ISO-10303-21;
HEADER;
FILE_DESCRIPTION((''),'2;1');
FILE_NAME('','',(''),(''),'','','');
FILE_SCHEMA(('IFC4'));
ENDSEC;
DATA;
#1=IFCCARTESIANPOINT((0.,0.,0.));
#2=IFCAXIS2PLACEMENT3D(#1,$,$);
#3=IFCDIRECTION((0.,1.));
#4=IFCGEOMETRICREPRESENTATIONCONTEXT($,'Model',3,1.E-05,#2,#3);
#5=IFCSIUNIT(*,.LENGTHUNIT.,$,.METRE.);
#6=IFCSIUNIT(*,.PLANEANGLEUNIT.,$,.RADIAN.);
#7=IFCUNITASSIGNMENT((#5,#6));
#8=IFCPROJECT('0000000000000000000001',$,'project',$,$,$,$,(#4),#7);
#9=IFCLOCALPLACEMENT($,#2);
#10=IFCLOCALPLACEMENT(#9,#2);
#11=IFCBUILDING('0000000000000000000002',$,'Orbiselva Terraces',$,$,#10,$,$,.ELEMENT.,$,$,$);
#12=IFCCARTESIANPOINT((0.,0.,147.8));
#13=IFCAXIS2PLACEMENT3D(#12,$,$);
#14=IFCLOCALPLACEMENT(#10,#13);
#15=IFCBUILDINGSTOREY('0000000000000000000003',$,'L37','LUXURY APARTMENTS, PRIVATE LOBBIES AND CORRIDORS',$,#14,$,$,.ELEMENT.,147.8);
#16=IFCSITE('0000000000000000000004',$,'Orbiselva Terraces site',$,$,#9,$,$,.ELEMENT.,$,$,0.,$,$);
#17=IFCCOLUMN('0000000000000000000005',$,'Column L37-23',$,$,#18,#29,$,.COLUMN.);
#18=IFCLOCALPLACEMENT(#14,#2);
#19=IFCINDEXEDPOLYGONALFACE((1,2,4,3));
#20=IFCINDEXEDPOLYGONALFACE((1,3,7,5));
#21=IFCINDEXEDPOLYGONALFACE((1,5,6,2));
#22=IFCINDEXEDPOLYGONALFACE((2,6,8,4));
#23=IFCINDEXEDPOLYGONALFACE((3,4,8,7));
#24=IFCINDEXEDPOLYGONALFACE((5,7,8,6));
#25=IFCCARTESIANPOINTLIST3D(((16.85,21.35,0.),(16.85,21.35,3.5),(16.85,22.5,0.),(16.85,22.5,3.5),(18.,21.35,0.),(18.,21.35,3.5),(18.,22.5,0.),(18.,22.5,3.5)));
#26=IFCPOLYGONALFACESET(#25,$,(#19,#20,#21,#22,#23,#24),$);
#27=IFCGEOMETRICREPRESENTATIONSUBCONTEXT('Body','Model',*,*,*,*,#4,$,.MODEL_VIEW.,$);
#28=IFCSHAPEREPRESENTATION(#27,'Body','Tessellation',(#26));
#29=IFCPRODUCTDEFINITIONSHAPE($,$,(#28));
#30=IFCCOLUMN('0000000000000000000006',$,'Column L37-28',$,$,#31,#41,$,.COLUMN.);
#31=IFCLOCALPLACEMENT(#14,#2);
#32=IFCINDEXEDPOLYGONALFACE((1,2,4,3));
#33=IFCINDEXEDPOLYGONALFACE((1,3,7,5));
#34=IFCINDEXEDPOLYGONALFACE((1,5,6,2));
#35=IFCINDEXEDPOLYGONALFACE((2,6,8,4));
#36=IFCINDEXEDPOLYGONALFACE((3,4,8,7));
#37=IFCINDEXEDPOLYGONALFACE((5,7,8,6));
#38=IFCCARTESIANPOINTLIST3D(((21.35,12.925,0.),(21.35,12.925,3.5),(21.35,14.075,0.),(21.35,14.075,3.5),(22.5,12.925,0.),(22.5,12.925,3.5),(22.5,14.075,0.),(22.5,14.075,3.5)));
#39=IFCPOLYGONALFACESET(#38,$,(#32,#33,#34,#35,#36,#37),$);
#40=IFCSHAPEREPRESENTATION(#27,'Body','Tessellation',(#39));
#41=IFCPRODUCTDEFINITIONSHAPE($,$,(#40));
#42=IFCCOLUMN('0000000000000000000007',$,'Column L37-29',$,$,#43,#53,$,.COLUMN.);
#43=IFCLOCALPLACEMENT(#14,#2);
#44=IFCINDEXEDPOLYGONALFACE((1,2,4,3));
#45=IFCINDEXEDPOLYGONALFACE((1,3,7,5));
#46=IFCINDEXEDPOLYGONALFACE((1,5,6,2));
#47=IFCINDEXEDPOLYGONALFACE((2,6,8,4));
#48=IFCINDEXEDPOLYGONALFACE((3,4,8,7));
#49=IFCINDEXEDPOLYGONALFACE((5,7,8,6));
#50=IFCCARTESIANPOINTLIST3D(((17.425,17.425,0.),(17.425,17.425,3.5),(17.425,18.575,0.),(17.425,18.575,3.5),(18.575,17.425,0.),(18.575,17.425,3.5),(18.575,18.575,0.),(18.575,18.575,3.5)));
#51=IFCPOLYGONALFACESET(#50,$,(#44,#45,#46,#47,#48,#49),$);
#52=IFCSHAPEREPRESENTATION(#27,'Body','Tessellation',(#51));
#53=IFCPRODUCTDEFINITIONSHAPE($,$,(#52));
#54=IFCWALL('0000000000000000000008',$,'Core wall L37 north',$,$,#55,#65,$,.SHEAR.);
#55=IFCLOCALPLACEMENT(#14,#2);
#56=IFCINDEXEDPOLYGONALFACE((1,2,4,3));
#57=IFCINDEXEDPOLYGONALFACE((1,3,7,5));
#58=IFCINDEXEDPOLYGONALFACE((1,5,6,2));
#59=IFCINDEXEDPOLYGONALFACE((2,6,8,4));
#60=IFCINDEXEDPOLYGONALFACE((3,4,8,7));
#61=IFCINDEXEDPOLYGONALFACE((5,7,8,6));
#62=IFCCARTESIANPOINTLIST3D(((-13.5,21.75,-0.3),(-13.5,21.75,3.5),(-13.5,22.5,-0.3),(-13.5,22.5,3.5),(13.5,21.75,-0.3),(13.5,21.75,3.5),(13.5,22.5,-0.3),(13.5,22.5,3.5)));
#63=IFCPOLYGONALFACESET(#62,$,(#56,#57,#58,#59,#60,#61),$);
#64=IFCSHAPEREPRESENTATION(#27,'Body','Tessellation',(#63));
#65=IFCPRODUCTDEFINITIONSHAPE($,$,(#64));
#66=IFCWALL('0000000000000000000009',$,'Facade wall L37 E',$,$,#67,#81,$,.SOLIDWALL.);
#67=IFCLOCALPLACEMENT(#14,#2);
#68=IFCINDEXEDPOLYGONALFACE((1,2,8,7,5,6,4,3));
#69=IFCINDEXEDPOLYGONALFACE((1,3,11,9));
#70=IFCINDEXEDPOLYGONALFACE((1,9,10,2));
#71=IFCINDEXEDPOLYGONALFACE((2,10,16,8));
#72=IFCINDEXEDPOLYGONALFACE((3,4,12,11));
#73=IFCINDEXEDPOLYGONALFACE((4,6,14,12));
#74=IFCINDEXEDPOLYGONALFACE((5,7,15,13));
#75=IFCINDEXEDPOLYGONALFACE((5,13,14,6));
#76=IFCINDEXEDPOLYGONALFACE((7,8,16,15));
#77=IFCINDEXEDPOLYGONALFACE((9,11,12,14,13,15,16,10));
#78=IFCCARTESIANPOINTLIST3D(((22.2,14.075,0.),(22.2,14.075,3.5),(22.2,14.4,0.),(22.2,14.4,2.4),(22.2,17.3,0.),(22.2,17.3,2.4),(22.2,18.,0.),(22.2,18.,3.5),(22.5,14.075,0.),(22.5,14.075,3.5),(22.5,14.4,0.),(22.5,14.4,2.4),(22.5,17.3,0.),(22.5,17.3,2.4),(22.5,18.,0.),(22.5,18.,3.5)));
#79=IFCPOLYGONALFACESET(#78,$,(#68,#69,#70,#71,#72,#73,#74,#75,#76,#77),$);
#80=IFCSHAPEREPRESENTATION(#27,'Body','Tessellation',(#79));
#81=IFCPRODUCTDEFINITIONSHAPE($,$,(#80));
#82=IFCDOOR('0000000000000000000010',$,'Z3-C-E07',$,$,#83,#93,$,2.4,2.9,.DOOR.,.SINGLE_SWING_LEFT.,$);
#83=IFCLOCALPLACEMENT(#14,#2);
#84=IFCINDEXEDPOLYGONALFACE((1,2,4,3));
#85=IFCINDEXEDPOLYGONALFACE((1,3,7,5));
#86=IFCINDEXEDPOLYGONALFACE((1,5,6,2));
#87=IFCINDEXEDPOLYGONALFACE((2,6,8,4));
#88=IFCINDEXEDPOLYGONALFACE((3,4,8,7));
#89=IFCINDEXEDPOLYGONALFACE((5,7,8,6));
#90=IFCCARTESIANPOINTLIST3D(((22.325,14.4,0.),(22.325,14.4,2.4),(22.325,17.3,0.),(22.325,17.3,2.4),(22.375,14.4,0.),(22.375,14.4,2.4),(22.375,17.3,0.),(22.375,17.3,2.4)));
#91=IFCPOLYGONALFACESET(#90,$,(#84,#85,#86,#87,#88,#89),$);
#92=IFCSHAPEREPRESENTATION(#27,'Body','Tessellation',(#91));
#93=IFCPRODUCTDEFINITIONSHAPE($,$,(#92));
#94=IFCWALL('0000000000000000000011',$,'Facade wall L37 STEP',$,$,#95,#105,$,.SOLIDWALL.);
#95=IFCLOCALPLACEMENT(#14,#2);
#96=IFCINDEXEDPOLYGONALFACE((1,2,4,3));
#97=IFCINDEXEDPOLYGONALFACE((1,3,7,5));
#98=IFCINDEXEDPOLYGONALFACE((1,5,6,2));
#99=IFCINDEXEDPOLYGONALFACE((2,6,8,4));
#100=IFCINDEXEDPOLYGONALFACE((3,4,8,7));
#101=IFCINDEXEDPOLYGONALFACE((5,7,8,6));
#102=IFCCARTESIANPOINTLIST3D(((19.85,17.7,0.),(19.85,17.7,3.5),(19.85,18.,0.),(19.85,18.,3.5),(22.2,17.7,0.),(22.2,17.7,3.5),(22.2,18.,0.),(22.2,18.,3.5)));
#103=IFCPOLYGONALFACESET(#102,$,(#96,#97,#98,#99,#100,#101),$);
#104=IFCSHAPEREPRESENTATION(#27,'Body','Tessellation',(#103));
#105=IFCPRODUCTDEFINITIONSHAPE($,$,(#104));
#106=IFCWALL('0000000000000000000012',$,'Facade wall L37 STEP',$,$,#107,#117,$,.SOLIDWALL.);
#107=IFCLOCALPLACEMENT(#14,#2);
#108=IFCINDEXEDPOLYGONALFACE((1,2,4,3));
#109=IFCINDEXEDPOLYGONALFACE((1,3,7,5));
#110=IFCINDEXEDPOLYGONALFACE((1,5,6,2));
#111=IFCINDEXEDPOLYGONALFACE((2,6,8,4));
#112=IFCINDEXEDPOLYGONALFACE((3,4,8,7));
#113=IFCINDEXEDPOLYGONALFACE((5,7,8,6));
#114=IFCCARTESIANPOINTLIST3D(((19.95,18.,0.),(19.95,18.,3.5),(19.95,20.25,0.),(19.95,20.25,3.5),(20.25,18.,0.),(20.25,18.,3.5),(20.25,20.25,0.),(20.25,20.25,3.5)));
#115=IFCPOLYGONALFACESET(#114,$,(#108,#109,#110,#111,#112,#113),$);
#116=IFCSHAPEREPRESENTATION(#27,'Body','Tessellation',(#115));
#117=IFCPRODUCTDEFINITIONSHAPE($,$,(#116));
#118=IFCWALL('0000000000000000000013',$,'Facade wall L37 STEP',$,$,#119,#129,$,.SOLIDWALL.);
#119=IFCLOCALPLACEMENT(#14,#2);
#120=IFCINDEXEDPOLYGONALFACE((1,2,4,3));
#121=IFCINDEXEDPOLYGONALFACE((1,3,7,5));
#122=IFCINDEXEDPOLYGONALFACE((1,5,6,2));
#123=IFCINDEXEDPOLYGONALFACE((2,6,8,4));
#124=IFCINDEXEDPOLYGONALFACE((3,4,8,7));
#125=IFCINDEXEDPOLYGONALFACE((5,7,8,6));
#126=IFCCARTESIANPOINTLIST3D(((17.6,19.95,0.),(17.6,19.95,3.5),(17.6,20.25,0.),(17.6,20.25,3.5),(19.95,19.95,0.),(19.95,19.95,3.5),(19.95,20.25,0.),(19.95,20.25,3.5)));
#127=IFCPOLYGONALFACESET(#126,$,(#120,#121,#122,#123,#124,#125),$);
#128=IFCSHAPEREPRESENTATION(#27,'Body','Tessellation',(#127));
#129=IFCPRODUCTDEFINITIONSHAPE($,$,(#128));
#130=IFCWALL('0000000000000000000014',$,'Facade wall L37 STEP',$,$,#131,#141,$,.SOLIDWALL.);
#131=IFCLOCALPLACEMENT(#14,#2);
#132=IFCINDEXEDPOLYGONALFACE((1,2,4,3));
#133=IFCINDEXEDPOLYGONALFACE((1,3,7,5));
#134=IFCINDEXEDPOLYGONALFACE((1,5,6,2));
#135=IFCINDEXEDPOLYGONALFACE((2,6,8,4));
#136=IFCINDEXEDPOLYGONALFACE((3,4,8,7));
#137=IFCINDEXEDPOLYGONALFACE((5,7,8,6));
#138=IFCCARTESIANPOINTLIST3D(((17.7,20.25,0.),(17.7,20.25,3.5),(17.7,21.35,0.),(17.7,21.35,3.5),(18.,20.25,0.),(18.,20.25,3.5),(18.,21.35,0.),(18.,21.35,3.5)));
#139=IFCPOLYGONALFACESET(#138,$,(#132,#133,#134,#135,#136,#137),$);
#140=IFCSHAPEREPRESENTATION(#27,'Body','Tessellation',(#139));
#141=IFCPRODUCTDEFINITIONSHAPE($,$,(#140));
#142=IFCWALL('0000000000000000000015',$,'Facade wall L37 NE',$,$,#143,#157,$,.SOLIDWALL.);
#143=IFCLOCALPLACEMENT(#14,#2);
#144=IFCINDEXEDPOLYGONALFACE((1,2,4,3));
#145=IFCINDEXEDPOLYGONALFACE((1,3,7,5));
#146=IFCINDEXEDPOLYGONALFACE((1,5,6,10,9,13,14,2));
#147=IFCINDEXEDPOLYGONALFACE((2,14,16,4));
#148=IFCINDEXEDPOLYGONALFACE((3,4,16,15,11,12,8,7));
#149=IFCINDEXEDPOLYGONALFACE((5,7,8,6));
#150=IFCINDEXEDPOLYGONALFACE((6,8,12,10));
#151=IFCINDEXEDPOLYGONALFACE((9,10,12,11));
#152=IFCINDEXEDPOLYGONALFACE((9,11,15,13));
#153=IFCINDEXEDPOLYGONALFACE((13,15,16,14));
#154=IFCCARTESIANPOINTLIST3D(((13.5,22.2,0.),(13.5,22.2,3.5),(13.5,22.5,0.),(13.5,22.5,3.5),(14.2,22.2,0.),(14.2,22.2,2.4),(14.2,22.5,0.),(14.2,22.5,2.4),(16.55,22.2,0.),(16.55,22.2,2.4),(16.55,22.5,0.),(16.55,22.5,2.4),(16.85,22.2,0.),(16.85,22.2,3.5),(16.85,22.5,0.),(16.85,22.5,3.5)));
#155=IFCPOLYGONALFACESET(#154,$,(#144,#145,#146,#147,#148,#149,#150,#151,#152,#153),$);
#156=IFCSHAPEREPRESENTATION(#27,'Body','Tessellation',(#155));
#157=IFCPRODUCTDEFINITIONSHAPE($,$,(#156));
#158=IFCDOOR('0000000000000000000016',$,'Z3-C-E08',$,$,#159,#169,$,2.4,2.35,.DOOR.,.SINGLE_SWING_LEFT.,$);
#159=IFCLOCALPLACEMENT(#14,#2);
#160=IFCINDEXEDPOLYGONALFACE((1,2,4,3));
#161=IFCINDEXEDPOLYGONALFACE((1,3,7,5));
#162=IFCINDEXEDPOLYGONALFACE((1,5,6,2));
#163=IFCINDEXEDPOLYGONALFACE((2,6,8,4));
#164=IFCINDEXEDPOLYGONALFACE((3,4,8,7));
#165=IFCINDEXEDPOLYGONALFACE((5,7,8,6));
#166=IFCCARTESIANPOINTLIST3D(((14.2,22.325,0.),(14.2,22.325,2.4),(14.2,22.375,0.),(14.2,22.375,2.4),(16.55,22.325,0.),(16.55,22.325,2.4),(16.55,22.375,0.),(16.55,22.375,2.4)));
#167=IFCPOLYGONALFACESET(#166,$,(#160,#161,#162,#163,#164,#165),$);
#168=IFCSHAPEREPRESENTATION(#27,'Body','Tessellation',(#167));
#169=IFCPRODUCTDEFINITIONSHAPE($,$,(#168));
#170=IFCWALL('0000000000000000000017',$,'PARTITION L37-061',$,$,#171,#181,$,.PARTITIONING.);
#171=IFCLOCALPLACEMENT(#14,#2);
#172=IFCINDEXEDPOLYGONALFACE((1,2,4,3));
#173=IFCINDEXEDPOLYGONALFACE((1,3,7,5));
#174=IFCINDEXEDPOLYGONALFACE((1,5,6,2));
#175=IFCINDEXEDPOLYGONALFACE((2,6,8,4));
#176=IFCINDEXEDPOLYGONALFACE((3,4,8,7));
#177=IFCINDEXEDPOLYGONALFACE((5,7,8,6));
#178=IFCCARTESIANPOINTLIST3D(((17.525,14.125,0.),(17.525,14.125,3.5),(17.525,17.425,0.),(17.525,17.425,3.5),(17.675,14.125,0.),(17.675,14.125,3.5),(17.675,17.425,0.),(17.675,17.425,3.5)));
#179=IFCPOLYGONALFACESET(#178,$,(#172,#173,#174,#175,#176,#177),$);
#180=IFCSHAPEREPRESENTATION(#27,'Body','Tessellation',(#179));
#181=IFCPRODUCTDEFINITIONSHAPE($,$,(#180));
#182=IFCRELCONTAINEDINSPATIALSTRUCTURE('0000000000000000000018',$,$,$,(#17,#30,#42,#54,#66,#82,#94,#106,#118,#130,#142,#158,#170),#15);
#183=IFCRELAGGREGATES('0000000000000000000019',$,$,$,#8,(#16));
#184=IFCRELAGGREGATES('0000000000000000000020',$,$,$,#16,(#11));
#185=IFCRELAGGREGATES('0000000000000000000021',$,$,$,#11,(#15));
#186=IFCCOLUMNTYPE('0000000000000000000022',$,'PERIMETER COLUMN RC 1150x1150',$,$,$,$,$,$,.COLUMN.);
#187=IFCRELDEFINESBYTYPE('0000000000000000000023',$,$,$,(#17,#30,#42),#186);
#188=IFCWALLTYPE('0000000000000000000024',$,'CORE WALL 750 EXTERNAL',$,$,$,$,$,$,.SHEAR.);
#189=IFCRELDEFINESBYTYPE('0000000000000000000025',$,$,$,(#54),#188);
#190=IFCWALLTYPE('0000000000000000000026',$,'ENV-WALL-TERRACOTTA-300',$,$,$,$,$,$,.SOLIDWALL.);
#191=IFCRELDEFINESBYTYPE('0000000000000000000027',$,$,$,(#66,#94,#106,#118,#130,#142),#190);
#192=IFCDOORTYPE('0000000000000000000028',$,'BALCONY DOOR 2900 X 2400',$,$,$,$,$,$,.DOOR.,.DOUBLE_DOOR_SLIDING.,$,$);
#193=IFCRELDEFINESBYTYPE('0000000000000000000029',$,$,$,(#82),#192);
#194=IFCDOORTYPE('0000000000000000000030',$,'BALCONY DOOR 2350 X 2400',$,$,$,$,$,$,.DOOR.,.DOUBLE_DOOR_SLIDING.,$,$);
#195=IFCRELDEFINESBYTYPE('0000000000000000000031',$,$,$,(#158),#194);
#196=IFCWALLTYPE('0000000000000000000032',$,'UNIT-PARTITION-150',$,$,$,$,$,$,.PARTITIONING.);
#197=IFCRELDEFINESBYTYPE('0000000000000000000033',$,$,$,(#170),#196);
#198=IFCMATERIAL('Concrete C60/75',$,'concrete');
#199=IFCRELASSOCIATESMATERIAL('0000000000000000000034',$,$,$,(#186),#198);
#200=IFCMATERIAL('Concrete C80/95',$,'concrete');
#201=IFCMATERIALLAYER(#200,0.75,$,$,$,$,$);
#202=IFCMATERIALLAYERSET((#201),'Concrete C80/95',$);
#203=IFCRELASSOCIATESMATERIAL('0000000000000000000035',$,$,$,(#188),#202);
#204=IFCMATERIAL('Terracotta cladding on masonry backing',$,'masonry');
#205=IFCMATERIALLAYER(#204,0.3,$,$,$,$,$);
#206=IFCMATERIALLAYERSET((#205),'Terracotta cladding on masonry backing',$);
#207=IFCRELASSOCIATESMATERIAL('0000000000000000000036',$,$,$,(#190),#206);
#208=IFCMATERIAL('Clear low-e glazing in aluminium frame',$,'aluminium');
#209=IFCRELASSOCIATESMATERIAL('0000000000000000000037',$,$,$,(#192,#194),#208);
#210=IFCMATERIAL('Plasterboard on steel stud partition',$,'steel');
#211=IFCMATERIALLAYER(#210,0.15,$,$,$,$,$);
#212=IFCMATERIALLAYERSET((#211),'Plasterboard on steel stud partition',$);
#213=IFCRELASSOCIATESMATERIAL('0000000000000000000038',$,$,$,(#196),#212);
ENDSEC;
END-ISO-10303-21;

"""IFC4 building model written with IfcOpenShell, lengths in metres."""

from ifc_helpers import new_model, si_unit, direction, frame, frame_2d, origin, origin_2d, place, context, subcontext, project, spatial, rectangle, extrude, material, layer, layer_set, material_profile, profile_set, type_object, element, fill, save


model = new_model("IFC4")

# Units and contexts
model_context = context("Model", 3, precision=1e-05, world=origin(), true_north=direction((0.0, 1.0)))
body_context = subcontext(model_context, "Body", "Model", "MODEL_VIEW")
ifc_project = project(units=[si_unit("LENGTHUNIT", "METRE"), si_unit("PLANEANGLEUNIT", "RADIAN")], contexts=[model_context])

# Site, building, storey
site_placement = place(None, origin())
site = spatial("IfcSite", under=ifc_project, at=site_placement, Name="Orbiselva Terraces site", CompositionType="ELEMENT", RefElevation=0.0)
building_placement = place(site_placement, origin())
building = spatial("IfcBuilding", under=site, at=building_placement, Name="Orbiselva Terraces", CompositionType="ELEMENT")
storey_placement = place(building_placement, frame((0.0, 0.0, 147.8)))
storey = spatial("IfcBuildingStorey", under=building, at=storey_placement, Name="L37", Description="LUXURY APARTMENTS, PRIVATE LOBBIES AND CORRIDORS", CompositionType="ELEMENT", Elevation=147.8)

# Columns
ifc_material_1 = material(Name="Concrete C60/75", Category="concrete")
ifc_material_profile = material_profile(ifc_material_1, rectangle(XDim=1.15, YDim=1.15, at=origin_2d()), Name="RC 1150x1150")
ifc_profile_set = profile_set([ifc_material_profile], Name="Concrete C60/75")
column_type = type_object("IfcColumnType", Name="PERIMETER COLUMN RC 1150x1150", PredefinedType="COLUMN", material=ifc_profile_set)
for number, where, z_axis, x_axis, name in (
    (1, (17.425, 21.925, 0.0), (0.0, 0.0, 1.0), (1.0, 0.0, 0.0), "Column L37-23"),
    (2, (21.925, 13.5, 0.0), (0.0, 0.0, 1.0), (1.0, 0.0, 0.0), "Column L37-28"),
    (3, (18.0, 18.0, 0.0), (0.0, 0.0, 1.0), (1.0, 0.0, 0.0), "Column L37-29"),
):
    element("IfcColumn", number, at=place(storey_placement, frame(where, z_axis=z_axis, x_axis=x_axis)), inside=storey, type_object=column_type, Name=name, PredefinedType="COLUMN", context=body_context, shape_type="SweptSolid", body=[
        extrude(rectangle(XDim=1.15, YDim=1.15, at=origin_2d()), origin(), (0.0, 0.0, 1.0), 3.5),
    ])

# Wall
ifc_material_2 = material(Name="Concrete C80/95", Category="concrete")
ifc_layer_1 = layer(ifc_material_2, 0.75)
ifc_layer_set_1 = layer_set([ifc_layer_1], Name="Concrete C80/95")
wall_type_1 = type_object("IfcWallType", Name="CORE WALL 750 EXTERNAL", PredefinedType="SHEAR", material=ifc_layer_set_1)
wall_1_placement = place(storey_placement, frame((13.5, 22.125, -0.3), z_axis=(0.0, 0.0, 1.0), x_axis=(-1.0, 0.0, 0.0)))
element("IfcWall", 4, at=wall_1_placement, inside=storey, type_object=wall_type_1, Name="Core wall L37 north", PredefinedType="SHEAR", context=body_context, shape_type="SweptSolid", body=[
    extrude(rectangle(XDim=27.0, YDim=0.75, at=frame_2d((13.5, 0.0))), origin(), (0.0, 0.0, 1.0), 3.8),
])

# Wall, opening, door
ifc_material_3 = material(Name="Terracotta cladding on masonry backing", Category="masonry")
ifc_layer_2 = layer(ifc_material_3, 0.3)
ifc_layer_set_2 = layer_set([ifc_layer_2], Name="Terracotta cladding on masonry backing")
wall_type_2 = type_object("IfcWallType", Name="ENV-WALL-TERRACOTTA-300", PredefinedType="SOLIDWALL", material=ifc_layer_set_2)
wall_2_placement = place(storey_placement, frame((22.35, 18.0, 0.0), z_axis=(0.0, 0.0, 1.0), x_axis=(0.0, -1.0, 0.0)))
wall_2 = element("IfcWall", 5, at=wall_2_placement, inside=storey, type_object=wall_type_2, Name="Facade wall L37 E", PredefinedType="SOLIDWALL", context=body_context, shape_type="SweptSolid", body=[
    extrude(rectangle(XDim=3.925, YDim=0.3, at=frame_2d((1.9625, 0.0))), origin(), (0.0, 0.0, 1.0), 3.5),
])
opening_1_placement = place(wall_2_placement, frame((0.7, 0.0, 0.0)))
opening_1 = element("IfcOpeningElement", 6, at=opening_1_placement, cuts=wall_2, PredefinedType="OPENING", context=body_context, shape_type="SweptSolid", body=[
    extrude(rectangle(XDim=2.9, YDim=2.4, at=frame_2d((1.45, 1.2))), frame((0.0, 0.16, 0.0), z_axis=(0.0, -1.0, 0.0), x_axis=(1.0, 0.0, 0.0)), (0.0, 0.0, 1.0), 0.32),
])
ifc_material_4 = material(Name="Clear low-e glazing in aluminium frame", Category="aluminium")
door_type_1 = type_object("IfcDoorType", Name="BALCONY DOOR 2900 X 2400", OperationType="DOUBLE_DOOR_SLIDING", PredefinedType="DOOR", material=ifc_material_4)
door_1_placement = place(opening_1_placement, origin())
door_1 = element("IfcDoor", 7, at=door_1_placement, inside=storey, type_object=door_type_1, Name="Z3-C-E07", OperationType="SINGLE_SWING_LEFT", OverallHeight=2.4, OverallWidth=2.9, PredefinedType="DOOR", context=body_context, shape_type="SweptSolid", body=[
    extrude(rectangle(XDim=2.9, YDim=2.4, at=frame_2d((1.45, 1.2))), frame((0.0, 0.025, 0.0), z_axis=(0.0, -1.0, 0.0), x_axis=(1.0, 0.0, 0.0)), (0.0, 0.0, 1.0), 0.05),
])
fill(opening_1, door_1)

# Walls
wall_3_placement = place(storey_placement, frame((19.85, 17.85, 0.0), z_axis=(0.0, 0.0, 1.0), x_axis=(1.0, 0.0, 0.0)))
element("IfcWall", 8, at=wall_3_placement, inside=storey, type_object=wall_type_2, Name="Facade wall L37 STEP", PredefinedType="SOLIDWALL", context=body_context, shape_type="SweptSolid", body=[
    extrude(rectangle(XDim=2.35, YDim=0.3, at=frame_2d((1.175, 0.0))), origin(), (0.0, 0.0, 1.0), 3.5),
])
wall_4_placement = place(storey_placement, frame((20.1, 20.25, 0.0), z_axis=(0.0, 0.0, 1.0), x_axis=(0.0, -1.0, 0.0)))
element("IfcWall", 9, at=wall_4_placement, inside=storey, type_object=wall_type_2, Name="Facade wall L37 STEP", PredefinedType="SOLIDWALL", context=body_context, shape_type="SweptSolid", body=[
    extrude(rectangle(XDim=2.25, YDim=0.3, at=frame_2d((1.125, 0.0))), origin(), (0.0, 0.0, 1.0), 3.5),
])
wall_5_placement = place(storey_placement, frame((17.6, 20.1, 0.0), z_axis=(0.0, 0.0, 1.0), x_axis=(1.0, 0.0, 0.0)))
element("IfcWall", 10, at=wall_5_placement, inside=storey, type_object=wall_type_2, Name="Facade wall L37 STEP", PredefinedType="SOLIDWALL", context=body_context, shape_type="SweptSolid", body=[
    extrude(rectangle(XDim=2.35, YDim=0.3, at=frame_2d((1.175, 0.0))), origin(), (0.0, 0.0, 1.0), 3.5),
])
wall_6_placement = place(storey_placement, frame((17.85, 21.35, 0.0), z_axis=(0.0, 0.0, 1.0), x_axis=(0.0, -1.0, 0.0)))
element("IfcWall", 11, at=wall_6_placement, inside=storey, type_object=wall_type_2, Name="Facade wall L37 STEP", PredefinedType="SOLIDWALL", context=body_context, shape_type="SweptSolid", body=[
    extrude(rectangle(XDim=1.1, YDim=0.3, at=frame_2d((0.55, 0.0))), origin(), (0.0, 0.0, 1.0), 3.5),
])

# Wall, opening, door
wall_7_placement = place(storey_placement, frame((13.5, 22.35, 0.0), z_axis=(0.0, 0.0, 1.0), x_axis=(1.0, 0.0, 0.0)))
wall_7 = element("IfcWall", 12, at=wall_7_placement, inside=storey, type_object=wall_type_2, Name="Facade wall L37 NE", PredefinedType="SOLIDWALL", context=body_context, shape_type="SweptSolid", body=[
    extrude(rectangle(XDim=3.35, YDim=0.3, at=frame_2d((1.675, 0.0))), origin(), (0.0, 0.0, 1.0), 3.5),
])
opening_2_placement = place(wall_7_placement, frame((0.7, 0.0, 0.0)))
opening_2 = element("IfcOpeningElement", 13, at=opening_2_placement, cuts=wall_7, PredefinedType="OPENING", context=body_context, shape_type="SweptSolid", body=[
    extrude(rectangle(XDim=2.35, YDim=2.4, at=frame_2d((1.175, 1.2))), frame((0.0, 0.16, 0.0), z_axis=(0.0, -1.0, 0.0), x_axis=(1.0, 0.0, 0.0)), (0.0, 0.0, 1.0), 0.32),
])
door_type_2 = type_object("IfcDoorType", Name="BALCONY DOOR 2350 X 2400", OperationType="DOUBLE_DOOR_SLIDING", PredefinedType="DOOR", material=ifc_material_4)
door_2_placement = place(opening_2_placement, origin())
door_2 = element("IfcDoor", 14, at=door_2_placement, inside=storey, type_object=door_type_2, Name="Z3-C-E08", OperationType="SINGLE_SWING_LEFT", OverallHeight=2.4, OverallWidth=2.35, PredefinedType="DOOR", context=body_context, shape_type="SweptSolid", body=[
    extrude(rectangle(XDim=2.35, YDim=2.4, at=frame_2d((1.175, 1.2))), frame((0.0, 0.025, 0.0), z_axis=(0.0, -1.0, 0.0), x_axis=(1.0, 0.0, 0.0)), (0.0, 0.0, 1.0), 0.05),
])
fill(opening_2, door_2)

# Wall
ifc_material_5 = material(Name="Plasterboard on steel stud partition", Category="steel")
ifc_layer_3 = layer(ifc_material_5, 0.15)
ifc_layer_set_3 = layer_set([ifc_layer_3], Name="Plasterboard on steel stud partition")
wall_type_3 = type_object("IfcWallType", Name="UNIT-PARTITION-150", PredefinedType="PARTITIONING", material=ifc_layer_set_3)
wall_8_placement = place(storey_placement, frame((17.6, 14.125, 0.0), z_axis=(0.0, 0.0, 1.0), x_axis=(0.0, 1.0, 0.0)))
element("IfcWall", 15, at=wall_8_placement, inside=storey, type_object=wall_type_3, Name="PARTITION L37-061", PredefinedType="PARTITIONING", context=body_context, shape_type="SweptSolid", body=[
    extrude(rectangle(XDim=3.3, YDim=0.15, at=frame_2d((1.65, 0.0))), origin(), (0.0, 0.0, 1.0), 3.5),
])

save(model, "model.ifc")
